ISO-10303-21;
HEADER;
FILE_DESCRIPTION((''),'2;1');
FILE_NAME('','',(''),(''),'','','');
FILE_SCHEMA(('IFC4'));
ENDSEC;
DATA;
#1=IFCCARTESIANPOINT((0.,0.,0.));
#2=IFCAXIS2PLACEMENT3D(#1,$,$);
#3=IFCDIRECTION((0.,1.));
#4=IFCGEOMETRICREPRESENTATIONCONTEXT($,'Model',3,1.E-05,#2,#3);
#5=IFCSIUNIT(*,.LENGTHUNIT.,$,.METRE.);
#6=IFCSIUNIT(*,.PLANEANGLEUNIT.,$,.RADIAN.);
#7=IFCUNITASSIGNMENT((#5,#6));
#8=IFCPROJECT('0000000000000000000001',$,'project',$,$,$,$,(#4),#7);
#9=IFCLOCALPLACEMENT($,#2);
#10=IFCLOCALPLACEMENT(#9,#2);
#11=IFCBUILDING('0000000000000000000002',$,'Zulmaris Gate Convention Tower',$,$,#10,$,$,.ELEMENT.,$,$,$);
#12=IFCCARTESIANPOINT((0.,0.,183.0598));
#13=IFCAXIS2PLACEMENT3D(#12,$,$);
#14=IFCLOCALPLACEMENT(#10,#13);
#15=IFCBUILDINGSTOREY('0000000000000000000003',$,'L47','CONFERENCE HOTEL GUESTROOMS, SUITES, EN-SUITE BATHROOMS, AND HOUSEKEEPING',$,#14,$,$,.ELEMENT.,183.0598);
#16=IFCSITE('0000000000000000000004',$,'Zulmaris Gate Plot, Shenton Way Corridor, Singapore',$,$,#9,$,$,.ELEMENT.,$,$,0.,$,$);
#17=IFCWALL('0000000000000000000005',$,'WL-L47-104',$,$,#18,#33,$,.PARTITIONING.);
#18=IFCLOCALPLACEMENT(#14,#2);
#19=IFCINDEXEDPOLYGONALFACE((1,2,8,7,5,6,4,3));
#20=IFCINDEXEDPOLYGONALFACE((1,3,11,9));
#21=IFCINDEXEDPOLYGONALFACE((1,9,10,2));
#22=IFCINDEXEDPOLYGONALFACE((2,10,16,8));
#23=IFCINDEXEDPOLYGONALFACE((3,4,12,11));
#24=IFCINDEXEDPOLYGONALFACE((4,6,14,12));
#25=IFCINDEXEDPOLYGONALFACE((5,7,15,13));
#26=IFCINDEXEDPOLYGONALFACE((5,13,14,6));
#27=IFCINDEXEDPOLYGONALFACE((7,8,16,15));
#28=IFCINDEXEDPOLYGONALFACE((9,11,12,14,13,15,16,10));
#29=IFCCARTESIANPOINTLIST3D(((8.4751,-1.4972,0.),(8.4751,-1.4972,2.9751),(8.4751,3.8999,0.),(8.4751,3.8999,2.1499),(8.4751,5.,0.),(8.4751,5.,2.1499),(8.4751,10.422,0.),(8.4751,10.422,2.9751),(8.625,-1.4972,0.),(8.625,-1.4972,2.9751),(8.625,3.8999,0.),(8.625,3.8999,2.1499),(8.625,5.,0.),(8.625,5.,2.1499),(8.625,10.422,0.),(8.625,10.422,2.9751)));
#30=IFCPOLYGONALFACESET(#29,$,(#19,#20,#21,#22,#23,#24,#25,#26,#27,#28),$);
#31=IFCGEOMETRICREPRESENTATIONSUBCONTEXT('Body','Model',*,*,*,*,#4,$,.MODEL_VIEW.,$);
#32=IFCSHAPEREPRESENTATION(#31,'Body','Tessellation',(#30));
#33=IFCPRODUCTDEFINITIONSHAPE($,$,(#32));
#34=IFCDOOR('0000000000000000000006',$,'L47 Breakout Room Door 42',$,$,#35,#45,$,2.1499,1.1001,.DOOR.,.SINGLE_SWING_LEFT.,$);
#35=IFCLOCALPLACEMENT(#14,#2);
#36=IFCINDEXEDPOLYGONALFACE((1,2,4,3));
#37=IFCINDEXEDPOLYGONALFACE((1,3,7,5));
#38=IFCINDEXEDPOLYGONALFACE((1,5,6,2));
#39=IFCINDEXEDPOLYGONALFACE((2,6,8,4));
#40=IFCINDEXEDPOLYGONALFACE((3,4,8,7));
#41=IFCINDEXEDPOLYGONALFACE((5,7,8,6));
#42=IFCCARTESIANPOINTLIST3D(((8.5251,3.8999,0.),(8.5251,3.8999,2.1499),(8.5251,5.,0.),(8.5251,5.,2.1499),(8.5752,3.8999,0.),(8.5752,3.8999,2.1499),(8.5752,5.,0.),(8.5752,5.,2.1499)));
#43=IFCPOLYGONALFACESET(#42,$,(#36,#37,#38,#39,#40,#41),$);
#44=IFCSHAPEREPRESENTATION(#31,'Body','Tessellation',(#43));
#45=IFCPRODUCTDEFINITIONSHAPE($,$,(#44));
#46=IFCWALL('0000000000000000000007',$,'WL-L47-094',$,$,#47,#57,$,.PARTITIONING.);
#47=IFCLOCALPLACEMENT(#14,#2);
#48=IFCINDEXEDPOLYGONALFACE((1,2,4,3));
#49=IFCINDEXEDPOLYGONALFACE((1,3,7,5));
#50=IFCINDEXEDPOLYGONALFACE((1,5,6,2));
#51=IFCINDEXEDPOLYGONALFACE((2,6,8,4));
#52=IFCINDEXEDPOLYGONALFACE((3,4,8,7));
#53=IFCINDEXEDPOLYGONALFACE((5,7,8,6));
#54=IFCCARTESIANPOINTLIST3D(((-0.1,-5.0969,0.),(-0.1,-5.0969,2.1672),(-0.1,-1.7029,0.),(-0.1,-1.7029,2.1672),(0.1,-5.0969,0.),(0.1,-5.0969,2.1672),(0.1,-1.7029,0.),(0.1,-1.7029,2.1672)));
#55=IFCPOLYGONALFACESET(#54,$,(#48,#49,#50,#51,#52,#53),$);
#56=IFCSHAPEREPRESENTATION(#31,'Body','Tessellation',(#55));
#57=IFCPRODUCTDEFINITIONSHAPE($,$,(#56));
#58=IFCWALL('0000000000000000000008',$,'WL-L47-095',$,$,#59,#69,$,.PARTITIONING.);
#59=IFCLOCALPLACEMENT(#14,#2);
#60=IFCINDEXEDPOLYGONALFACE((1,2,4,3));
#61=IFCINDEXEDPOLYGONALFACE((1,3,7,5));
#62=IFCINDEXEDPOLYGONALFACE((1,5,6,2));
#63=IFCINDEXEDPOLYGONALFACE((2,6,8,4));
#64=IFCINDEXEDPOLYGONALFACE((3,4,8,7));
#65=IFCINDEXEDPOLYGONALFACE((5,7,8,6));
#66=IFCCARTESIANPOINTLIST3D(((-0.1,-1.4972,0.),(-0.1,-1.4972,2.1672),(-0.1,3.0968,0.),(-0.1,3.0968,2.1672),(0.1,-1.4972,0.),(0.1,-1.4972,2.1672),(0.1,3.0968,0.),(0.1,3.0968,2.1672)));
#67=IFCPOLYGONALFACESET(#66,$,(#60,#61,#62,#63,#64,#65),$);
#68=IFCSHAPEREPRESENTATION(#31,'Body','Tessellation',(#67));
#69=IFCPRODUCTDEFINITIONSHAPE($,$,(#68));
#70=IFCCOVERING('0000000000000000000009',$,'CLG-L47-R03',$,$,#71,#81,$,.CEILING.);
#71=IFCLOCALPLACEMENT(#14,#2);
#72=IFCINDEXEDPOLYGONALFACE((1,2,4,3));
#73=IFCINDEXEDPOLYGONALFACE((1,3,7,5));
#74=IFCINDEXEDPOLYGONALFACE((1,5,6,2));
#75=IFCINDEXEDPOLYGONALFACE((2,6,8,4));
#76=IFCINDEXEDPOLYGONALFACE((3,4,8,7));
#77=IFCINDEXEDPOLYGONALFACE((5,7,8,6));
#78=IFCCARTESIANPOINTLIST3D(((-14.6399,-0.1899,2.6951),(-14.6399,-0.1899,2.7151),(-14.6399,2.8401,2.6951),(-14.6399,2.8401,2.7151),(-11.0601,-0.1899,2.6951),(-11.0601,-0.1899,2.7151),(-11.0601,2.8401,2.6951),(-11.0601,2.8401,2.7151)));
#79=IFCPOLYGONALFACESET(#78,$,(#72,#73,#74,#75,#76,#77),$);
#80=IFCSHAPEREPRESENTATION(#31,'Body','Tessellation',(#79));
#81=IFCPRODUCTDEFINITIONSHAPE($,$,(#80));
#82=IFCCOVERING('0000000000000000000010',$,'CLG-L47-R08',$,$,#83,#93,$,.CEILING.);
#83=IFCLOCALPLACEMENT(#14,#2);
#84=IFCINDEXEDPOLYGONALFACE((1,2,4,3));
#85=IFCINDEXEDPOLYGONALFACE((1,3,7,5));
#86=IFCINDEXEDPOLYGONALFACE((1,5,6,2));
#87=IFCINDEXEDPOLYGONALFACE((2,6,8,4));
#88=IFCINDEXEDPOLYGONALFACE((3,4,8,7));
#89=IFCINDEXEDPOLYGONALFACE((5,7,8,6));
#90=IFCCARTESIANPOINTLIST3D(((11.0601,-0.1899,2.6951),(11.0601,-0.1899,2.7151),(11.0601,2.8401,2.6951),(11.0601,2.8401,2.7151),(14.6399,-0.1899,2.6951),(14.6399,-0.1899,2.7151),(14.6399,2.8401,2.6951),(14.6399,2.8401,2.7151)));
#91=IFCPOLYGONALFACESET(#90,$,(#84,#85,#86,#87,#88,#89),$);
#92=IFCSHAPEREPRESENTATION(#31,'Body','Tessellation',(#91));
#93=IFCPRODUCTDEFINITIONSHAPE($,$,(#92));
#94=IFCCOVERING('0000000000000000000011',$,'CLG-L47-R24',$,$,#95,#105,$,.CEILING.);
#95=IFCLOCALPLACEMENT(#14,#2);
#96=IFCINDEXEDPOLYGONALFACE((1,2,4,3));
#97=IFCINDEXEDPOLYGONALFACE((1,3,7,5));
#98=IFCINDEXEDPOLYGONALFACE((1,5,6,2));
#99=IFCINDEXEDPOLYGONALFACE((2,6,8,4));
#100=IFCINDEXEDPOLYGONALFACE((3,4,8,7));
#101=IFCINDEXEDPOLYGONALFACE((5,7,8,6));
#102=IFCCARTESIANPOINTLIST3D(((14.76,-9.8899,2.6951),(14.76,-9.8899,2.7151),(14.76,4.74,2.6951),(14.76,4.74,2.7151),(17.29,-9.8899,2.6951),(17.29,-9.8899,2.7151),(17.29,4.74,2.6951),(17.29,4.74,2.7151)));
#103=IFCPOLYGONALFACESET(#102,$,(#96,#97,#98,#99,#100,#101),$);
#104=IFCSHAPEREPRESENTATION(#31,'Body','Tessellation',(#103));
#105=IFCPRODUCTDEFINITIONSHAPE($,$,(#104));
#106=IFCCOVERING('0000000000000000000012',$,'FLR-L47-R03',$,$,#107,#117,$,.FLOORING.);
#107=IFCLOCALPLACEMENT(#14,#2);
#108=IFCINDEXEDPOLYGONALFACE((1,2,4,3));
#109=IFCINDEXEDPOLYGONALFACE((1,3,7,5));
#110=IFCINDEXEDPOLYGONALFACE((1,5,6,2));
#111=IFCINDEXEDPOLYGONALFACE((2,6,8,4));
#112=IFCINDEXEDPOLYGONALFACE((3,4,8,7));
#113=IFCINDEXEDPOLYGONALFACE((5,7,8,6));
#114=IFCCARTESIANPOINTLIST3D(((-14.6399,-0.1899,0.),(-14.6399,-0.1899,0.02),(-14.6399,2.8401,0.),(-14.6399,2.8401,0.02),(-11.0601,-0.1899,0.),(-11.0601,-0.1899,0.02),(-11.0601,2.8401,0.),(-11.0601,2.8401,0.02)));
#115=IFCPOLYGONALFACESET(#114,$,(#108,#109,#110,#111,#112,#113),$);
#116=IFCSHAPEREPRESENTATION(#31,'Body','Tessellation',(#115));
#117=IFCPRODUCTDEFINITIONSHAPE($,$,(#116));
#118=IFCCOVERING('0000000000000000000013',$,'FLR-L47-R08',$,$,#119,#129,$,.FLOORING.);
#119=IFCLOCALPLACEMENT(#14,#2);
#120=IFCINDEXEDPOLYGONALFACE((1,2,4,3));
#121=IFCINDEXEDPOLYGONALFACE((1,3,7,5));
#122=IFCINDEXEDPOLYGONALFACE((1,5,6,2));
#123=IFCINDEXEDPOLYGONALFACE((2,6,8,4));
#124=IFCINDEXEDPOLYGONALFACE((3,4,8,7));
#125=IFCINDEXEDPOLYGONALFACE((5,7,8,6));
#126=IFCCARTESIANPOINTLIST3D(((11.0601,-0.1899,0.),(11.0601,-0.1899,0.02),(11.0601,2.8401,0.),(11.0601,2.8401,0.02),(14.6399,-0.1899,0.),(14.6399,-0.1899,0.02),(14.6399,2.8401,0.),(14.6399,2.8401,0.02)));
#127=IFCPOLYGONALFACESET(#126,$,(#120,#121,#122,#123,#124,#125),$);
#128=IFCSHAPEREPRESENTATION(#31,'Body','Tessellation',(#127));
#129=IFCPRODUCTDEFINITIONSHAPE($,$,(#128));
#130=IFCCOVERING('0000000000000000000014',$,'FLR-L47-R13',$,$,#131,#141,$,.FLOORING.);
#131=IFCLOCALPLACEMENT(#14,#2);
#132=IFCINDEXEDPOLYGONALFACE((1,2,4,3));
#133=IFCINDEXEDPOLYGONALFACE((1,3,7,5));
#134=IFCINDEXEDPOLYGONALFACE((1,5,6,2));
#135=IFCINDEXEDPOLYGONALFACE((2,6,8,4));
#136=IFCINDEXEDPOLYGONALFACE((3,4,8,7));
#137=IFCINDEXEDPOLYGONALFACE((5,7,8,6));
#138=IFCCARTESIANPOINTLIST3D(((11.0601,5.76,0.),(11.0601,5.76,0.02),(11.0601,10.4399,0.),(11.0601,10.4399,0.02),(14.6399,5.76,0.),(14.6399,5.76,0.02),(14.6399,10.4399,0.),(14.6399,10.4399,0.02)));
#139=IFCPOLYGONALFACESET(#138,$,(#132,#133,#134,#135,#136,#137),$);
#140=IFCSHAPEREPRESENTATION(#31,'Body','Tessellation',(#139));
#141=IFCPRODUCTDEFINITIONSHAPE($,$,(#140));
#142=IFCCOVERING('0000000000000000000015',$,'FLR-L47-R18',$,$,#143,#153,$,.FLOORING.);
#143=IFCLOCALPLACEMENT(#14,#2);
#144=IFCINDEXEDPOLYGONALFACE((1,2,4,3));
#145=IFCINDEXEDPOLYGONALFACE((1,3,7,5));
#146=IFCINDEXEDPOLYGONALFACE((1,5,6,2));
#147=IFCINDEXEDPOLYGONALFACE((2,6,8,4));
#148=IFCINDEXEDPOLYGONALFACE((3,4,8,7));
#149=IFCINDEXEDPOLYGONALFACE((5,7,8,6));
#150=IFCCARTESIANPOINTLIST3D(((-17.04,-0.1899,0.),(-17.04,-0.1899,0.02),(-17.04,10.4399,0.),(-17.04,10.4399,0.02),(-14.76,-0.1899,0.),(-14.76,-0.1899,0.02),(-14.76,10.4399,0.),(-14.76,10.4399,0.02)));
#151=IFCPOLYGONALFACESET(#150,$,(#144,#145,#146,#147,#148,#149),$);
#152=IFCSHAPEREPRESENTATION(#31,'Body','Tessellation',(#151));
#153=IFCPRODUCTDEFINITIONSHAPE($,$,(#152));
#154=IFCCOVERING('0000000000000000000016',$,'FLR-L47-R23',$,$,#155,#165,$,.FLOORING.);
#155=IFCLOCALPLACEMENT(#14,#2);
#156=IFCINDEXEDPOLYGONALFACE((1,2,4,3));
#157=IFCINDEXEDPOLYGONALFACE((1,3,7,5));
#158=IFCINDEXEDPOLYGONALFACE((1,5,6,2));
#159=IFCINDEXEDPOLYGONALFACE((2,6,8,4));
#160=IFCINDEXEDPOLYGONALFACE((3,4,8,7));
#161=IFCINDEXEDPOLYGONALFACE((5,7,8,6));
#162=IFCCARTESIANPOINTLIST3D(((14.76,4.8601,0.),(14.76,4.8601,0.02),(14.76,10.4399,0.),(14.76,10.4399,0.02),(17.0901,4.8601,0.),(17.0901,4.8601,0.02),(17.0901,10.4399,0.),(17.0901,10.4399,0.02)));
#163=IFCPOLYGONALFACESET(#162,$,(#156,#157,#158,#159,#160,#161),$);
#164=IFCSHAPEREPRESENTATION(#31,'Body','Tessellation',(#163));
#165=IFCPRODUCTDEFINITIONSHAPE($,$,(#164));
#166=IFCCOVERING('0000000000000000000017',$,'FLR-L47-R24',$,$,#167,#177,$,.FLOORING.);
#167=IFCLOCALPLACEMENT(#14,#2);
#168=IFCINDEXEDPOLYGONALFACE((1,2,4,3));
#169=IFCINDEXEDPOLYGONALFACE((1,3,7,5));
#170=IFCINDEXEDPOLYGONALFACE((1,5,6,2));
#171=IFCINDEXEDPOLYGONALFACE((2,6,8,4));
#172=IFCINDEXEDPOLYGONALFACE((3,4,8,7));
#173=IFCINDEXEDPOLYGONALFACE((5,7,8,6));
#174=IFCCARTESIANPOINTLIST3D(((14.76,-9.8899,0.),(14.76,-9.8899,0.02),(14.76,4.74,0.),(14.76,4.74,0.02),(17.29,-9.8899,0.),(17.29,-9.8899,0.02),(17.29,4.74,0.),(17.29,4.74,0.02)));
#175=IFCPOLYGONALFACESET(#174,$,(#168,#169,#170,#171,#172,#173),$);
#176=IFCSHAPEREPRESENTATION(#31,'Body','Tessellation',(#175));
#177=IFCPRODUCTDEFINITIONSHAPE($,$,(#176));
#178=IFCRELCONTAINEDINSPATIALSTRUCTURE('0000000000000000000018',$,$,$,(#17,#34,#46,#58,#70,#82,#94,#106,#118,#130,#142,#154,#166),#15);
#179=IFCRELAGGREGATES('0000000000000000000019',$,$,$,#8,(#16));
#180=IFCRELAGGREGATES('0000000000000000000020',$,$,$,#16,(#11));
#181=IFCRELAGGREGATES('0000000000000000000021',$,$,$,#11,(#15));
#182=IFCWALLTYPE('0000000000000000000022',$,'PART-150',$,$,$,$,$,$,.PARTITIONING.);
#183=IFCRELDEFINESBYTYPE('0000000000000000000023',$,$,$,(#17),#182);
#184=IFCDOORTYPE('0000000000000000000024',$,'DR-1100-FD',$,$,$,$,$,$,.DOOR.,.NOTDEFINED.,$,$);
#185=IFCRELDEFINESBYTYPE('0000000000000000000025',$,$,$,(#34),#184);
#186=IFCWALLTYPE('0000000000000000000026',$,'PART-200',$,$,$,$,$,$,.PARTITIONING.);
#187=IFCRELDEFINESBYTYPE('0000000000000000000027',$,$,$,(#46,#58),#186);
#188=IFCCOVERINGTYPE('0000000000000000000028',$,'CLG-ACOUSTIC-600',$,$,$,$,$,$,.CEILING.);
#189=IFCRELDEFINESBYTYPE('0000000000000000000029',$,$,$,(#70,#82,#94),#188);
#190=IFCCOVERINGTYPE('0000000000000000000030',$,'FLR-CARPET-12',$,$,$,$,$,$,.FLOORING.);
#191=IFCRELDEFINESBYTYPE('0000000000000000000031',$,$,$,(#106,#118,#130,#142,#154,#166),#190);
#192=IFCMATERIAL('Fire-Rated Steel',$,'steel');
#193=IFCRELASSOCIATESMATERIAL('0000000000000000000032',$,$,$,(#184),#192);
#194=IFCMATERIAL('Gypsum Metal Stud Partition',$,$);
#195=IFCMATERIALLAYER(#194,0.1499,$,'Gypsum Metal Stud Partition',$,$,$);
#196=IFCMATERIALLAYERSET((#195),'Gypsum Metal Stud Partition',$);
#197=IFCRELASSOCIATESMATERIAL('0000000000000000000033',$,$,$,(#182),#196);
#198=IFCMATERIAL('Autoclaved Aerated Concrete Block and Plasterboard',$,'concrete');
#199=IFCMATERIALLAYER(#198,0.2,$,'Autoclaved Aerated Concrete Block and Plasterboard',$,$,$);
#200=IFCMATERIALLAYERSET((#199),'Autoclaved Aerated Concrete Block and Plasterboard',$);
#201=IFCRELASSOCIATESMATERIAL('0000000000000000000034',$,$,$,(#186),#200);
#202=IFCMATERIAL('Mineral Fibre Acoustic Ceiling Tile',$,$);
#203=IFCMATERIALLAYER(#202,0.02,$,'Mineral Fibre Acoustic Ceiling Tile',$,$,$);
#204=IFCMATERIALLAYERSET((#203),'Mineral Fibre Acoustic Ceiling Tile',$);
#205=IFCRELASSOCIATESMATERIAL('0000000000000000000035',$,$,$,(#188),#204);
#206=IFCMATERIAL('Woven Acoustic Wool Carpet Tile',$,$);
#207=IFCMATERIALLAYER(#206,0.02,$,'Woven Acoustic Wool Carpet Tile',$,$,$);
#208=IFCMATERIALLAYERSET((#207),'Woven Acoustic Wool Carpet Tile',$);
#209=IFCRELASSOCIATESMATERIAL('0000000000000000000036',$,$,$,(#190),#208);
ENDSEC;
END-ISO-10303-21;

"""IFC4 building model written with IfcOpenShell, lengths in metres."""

from ifc_helpers import new_model, si_unit, direction, frame, frame_2d, origin, place, context, subcontext, project, spatial, polyline, rectangle, outline, extrude, material, layer, layer_set, type_object, element, fill, save


model = new_model("IFC4")

# Units and contexts
model_context = context("Model", 3, precision=1e-05, world=origin(), true_north=direction((0.0, 1.0)))
body_context = subcontext(model_context, "Body", "Model", "MODEL_VIEW")
ifc_project = project(units=[si_unit("LENGTHUNIT", "METRE"), si_unit("PLANEANGLEUNIT", "RADIAN")], contexts=[model_context])

# Site, building, storey
site_placement = place(None, origin())
site = spatial("IfcSite", under=ifc_project, at=site_placement, Name="Zulmaris Gate Plot, Shenton Way Corridor, Singapore", CompositionType="ELEMENT", RefElevation=0.0)
building_placement = place(site_placement, origin())
building = spatial("IfcBuilding", under=site, at=building_placement, Name="Zulmaris Gate Convention Tower", CompositionType="ELEMENT")
storey_placement = place(building_placement, frame((0.0, 0.0, 183.0598)))
storey = spatial("IfcBuildingStorey", under=building, at=storey_placement, Name="L47", Description="CONFERENCE HOTEL GUESTROOMS, SUITES, EN-SUITE BATHROOMS, AND HOUSEKEEPING", CompositionType="ELEMENT", Elevation=183.0598)

# Wall, opening, door
ifc_material_1 = material(Name="Fire-Rated Steel", Category="steel")
door_type_1 = type_object("IfcDoorType", Name="DR-1100-FD", OperationType="NOTDEFINED", PredefinedType="DOOR", material=ifc_material_1)
ifc_material_2 = material(Name="Gypsum Metal Stud Partition")
ifc_layer_1 = layer(ifc_material_2, 0.1499, Name="Gypsum Metal Stud Partition")
ifc_layer_set_1 = layer_set([ifc_layer_1], Name="Gypsum Metal Stud Partition")
wall_type_1 = type_object("IfcWallType", Name="PART-150", PredefinedType="PARTITIONING", material=ifc_layer_set_1)
wall_1_placement = place(storey_placement, frame((8.55, -1.4971, 0.0), z_axis=(0.0, 0.0, 1.0), x_axis=(0.0, 1.0, 0.0)))
wall_1 = element("IfcWall", 1, at=wall_1_placement, inside=storey, type_object=wall_type_1, Name="WL-L47-104", PredefinedType="PARTITIONING", context=body_context, shape_type="SweptSolid", body=[
    extrude(rectangle(XDim=11.9192, YDim=0.1499, at=frame_2d((5.9595, 0.0))), origin(), (0.0, 0.0, 1.0), 2.9751),
])
opening_1_placement = place(wall_1_placement, frame((5.397, 0.0, 0.0)))
opening_1 = element("IfcOpeningElement", 2, at=opening_1_placement, cuts=wall_1, PredefinedType="OPENING", context=body_context, shape_type="SweptSolid", body=[
    extrude(rectangle(XDim=1.1001, YDim=2.1499, at=frame_2d((0.55, 1.075))), frame((0.0, 0.085, 0.0), z_axis=(0.0, -1.0, 0.0), x_axis=(1.0, 0.0, 0.0)), (0.0, 0.0, 1.0), 0.1699),
])
door_1_placement = place(opening_1_placement, origin())
door_1 = element("IfcDoor", 3, at=door_1_placement, inside=storey, type_object=door_type_1, Name="L47 Breakout Room Door 42", OperationType="SINGLE_SWING_LEFT", OverallHeight=2.1499, OverallWidth=1.1001, PredefinedType="DOOR", context=body_context, shape_type="SweptSolid", body=[
    extrude(rectangle(XDim=1.1001, YDim=2.1499, at=frame_2d((0.55, 1.075))), frame((0.0, 0.0249, 0.0), z_axis=(0.0, -1.0, 0.0), x_axis=(1.0, 0.0, 0.0)), (0.0, 0.0, 1.0), 0.05),
])
fill(opening_1, door_1)

# Walls
ifc_material_3 = material(Name="Autoclaved Aerated Concrete Block and Plasterboard", Category="concrete")
ifc_layer_2 = layer(ifc_material_3, 0.2, Name="Autoclaved Aerated Concrete Block and Plasterboard")
ifc_layer_set_2 = layer_set([ifc_layer_2], Name="Autoclaved Aerated Concrete Block and Plasterboard")
wall_type_2 = type_object("IfcWallType", Name="PART-200", PredefinedType="PARTITIONING", material=ifc_layer_set_2)
wall_2_placement = place(storey_placement, frame((0.0, -5.0969, 0.0), z_axis=(0.0, 0.0, 1.0), x_axis=(0.0, 1.0, 0.0)))
element("IfcWall", 4, at=wall_2_placement, inside=storey, type_object=wall_type_2, Name="WL-L47-094", PredefinedType="PARTITIONING", context=body_context, shape_type="SweptSolid", body=[
    extrude(rectangle(XDim=3.394, YDim=0.2, at=frame_2d((1.697, 0.0))), origin(), (0.0, 0.0, 1.0), 2.1672),
])
wall_3_placement = place(storey_placement, frame((0.0, -1.4971, 0.0), z_axis=(0.0, 0.0, 1.0), x_axis=(0.0, 1.0, 0.0)))
element("IfcWall", 5, at=wall_3_placement, inside=storey, type_object=wall_type_2, Name="WL-L47-095", PredefinedType="PARTITIONING", context=body_context, shape_type="SweptSolid", body=[
    extrude(rectangle(XDim=4.594, YDim=0.2, at=frame_2d((2.2969, 0.0))), origin(), (0.0, 0.0, 1.0), 2.1672),
])

# Coverings
ifc_material_4 = material(Name="Mineral Fibre Acoustic Ceiling Tile")
ifc_layer_3 = layer(ifc_material_4, 0.02, Name="Mineral Fibre Acoustic Ceiling Tile")
ifc_layer_set_3 = layer_set([ifc_layer_3], Name="Mineral Fibre Acoustic Ceiling Tile")
covering_type_1 = type_object("IfcCoveringType", Name="CLG-ACOUSTIC-600", PredefinedType="CEILING", material=ifc_layer_set_3)
covering_1_placement = place(storey_placement, frame((0.0, 0.0, 2.6951)))
element("IfcCovering", 6, at=covering_1_placement, inside=storey, type_object=covering_type_1, Name="CLG-L47-R03", PredefinedType="CEILING", context=body_context, shape_type="SweptSolid", body=[
    extrude(outline(polyline([(-14.6399, -0.1899), (-11.0601, -0.1899), (-11.0601, 2.8401), (-14.6399, 2.8401), (-14.6399, -0.1899)])), origin(), (0.0, 0.0, 1.0), 0.02),
])
covering_2_placement = place(storey_placement, frame((0.0, 0.0, 2.6951)))
element("IfcCovering", 7, at=covering_2_placement, inside=storey, type_object=covering_type_1, Name="CLG-L47-R08", PredefinedType="CEILING", context=body_context, shape_type="SweptSolid", body=[
    extrude(outline(polyline([(11.0601, -0.1899), (14.6399, -0.1899), (14.6399, 2.8401), (11.0601, 2.8401), (11.0601, -0.1899)])), origin(), (0.0, 0.0, 1.0), 0.02),
])
covering_3_placement = place(storey_placement, frame((0.0, 0.0, 2.6951)))
element("IfcCovering", 8, at=covering_3_placement, inside=storey, type_object=covering_type_1, Name="CLG-L47-R24", PredefinedType="CEILING", context=body_context, shape_type="SweptSolid", body=[
    extrude(outline(polyline([(14.76, -9.8899), (17.29, -9.8899), (17.29, 4.74), (14.76, 4.74), (14.76, -9.8899)])), origin(), (0.0, 0.0, 1.0), 0.02),
])
ifc_material_5 = material(Name="Woven Acoustic Wool Carpet Tile")
ifc_layer_4 = layer(ifc_material_5, 0.02, Name="Woven Acoustic Wool Carpet Tile")
ifc_layer_set_4 = layer_set([ifc_layer_4], Name="Woven Acoustic Wool Carpet Tile")
covering_type_2 = type_object("IfcCoveringType", Name="FLR-CARPET-12", PredefinedType="FLOORING", material=ifc_layer_set_4)
covering_4_placement = place(storey_placement, origin())
element("IfcCovering", 9, at=covering_4_placement, inside=storey, type_object=covering_type_2, Name="FLR-L47-R03", PredefinedType="FLOORING", context=body_context, shape_type="SweptSolid", body=[
    extrude(outline(polyline([(-14.6399, -0.1899), (-11.0601, -0.1899), (-11.0601, 2.8401), (-14.6399, 2.8401), (-14.6399, -0.1899)])), origin(), (0.0, 0.0, 1.0), 0.02),
])
covering_5_placement = place(storey_placement, origin())
element("IfcCovering", 10, at=covering_5_placement, inside=storey, type_object=covering_type_2, Name="FLR-L47-R08", PredefinedType="FLOORING", context=body_context, shape_type="SweptSolid", body=[
    extrude(outline(polyline([(11.0601, -0.1899), (14.6399, -0.1899), (14.6399, 2.8401), (11.0601, 2.8401), (11.0601, -0.1899)])), origin(), (0.0, 0.0, 1.0), 0.02),
])
covering_6_placement = place(storey_placement, origin())
element("IfcCovering", 11, at=covering_6_placement, inside=storey, type_object=covering_type_2, Name="FLR-L47-R13", PredefinedType="FLOORING", context=body_context, shape_type="SweptSolid", body=[
    extrude(outline(polyline([(11.0601, 5.76), (14.6399, 5.76), (14.6399, 10.4399), (11.0601, 10.4399), (11.0601, 5.76)])), origin(), (0.0, 0.0, 1.0), 0.02),
])
covering_7_placement = place(storey_placement, origin())
element("IfcCovering", 12, at=covering_7_placement, inside=storey, type_object=covering_type_2, Name="FLR-L47-R18", PredefinedType="FLOORING", context=body_context, shape_type="SweptSolid", body=[
    extrude(outline(polyline([(-17.04, -0.1899), (-14.76, -0.1899), (-14.76, 10.4399), (-17.04, 10.4399), (-17.04, -0.1899)])), origin(), (0.0, 0.0, 1.0), 0.02),
])
covering_8_placement = place(storey_placement, origin())
element("IfcCovering", 13, at=covering_8_placement, inside=storey, type_object=covering_type_2, Name="FLR-L47-R23", PredefinedType="FLOORING", context=body_context, shape_type="SweptSolid", body=[
    extrude(outline(polyline([(14.76, 4.8601), (17.0901, 4.8601), (17.0901, 10.4399), (14.76, 10.4399), (14.76, 4.8601)])), origin(), (0.0, 0.0, 1.0), 0.02),
])
covering_9_placement = place(storey_placement, origin())
element("IfcCovering", 14, at=covering_9_placement, inside=storey, type_object=covering_type_2, Name="FLR-L47-R24", PredefinedType="FLOORING", context=body_context, shape_type="SweptSolid", body=[
    extrude(outline(polyline([(14.76, -9.8899), (17.29, -9.8899), (17.29, 4.74), (14.76, 4.74), (14.76, -9.8899)])), origin(), (0.0, 0.0, 1.0), 0.02),
])

save(model, "model.ifc")
